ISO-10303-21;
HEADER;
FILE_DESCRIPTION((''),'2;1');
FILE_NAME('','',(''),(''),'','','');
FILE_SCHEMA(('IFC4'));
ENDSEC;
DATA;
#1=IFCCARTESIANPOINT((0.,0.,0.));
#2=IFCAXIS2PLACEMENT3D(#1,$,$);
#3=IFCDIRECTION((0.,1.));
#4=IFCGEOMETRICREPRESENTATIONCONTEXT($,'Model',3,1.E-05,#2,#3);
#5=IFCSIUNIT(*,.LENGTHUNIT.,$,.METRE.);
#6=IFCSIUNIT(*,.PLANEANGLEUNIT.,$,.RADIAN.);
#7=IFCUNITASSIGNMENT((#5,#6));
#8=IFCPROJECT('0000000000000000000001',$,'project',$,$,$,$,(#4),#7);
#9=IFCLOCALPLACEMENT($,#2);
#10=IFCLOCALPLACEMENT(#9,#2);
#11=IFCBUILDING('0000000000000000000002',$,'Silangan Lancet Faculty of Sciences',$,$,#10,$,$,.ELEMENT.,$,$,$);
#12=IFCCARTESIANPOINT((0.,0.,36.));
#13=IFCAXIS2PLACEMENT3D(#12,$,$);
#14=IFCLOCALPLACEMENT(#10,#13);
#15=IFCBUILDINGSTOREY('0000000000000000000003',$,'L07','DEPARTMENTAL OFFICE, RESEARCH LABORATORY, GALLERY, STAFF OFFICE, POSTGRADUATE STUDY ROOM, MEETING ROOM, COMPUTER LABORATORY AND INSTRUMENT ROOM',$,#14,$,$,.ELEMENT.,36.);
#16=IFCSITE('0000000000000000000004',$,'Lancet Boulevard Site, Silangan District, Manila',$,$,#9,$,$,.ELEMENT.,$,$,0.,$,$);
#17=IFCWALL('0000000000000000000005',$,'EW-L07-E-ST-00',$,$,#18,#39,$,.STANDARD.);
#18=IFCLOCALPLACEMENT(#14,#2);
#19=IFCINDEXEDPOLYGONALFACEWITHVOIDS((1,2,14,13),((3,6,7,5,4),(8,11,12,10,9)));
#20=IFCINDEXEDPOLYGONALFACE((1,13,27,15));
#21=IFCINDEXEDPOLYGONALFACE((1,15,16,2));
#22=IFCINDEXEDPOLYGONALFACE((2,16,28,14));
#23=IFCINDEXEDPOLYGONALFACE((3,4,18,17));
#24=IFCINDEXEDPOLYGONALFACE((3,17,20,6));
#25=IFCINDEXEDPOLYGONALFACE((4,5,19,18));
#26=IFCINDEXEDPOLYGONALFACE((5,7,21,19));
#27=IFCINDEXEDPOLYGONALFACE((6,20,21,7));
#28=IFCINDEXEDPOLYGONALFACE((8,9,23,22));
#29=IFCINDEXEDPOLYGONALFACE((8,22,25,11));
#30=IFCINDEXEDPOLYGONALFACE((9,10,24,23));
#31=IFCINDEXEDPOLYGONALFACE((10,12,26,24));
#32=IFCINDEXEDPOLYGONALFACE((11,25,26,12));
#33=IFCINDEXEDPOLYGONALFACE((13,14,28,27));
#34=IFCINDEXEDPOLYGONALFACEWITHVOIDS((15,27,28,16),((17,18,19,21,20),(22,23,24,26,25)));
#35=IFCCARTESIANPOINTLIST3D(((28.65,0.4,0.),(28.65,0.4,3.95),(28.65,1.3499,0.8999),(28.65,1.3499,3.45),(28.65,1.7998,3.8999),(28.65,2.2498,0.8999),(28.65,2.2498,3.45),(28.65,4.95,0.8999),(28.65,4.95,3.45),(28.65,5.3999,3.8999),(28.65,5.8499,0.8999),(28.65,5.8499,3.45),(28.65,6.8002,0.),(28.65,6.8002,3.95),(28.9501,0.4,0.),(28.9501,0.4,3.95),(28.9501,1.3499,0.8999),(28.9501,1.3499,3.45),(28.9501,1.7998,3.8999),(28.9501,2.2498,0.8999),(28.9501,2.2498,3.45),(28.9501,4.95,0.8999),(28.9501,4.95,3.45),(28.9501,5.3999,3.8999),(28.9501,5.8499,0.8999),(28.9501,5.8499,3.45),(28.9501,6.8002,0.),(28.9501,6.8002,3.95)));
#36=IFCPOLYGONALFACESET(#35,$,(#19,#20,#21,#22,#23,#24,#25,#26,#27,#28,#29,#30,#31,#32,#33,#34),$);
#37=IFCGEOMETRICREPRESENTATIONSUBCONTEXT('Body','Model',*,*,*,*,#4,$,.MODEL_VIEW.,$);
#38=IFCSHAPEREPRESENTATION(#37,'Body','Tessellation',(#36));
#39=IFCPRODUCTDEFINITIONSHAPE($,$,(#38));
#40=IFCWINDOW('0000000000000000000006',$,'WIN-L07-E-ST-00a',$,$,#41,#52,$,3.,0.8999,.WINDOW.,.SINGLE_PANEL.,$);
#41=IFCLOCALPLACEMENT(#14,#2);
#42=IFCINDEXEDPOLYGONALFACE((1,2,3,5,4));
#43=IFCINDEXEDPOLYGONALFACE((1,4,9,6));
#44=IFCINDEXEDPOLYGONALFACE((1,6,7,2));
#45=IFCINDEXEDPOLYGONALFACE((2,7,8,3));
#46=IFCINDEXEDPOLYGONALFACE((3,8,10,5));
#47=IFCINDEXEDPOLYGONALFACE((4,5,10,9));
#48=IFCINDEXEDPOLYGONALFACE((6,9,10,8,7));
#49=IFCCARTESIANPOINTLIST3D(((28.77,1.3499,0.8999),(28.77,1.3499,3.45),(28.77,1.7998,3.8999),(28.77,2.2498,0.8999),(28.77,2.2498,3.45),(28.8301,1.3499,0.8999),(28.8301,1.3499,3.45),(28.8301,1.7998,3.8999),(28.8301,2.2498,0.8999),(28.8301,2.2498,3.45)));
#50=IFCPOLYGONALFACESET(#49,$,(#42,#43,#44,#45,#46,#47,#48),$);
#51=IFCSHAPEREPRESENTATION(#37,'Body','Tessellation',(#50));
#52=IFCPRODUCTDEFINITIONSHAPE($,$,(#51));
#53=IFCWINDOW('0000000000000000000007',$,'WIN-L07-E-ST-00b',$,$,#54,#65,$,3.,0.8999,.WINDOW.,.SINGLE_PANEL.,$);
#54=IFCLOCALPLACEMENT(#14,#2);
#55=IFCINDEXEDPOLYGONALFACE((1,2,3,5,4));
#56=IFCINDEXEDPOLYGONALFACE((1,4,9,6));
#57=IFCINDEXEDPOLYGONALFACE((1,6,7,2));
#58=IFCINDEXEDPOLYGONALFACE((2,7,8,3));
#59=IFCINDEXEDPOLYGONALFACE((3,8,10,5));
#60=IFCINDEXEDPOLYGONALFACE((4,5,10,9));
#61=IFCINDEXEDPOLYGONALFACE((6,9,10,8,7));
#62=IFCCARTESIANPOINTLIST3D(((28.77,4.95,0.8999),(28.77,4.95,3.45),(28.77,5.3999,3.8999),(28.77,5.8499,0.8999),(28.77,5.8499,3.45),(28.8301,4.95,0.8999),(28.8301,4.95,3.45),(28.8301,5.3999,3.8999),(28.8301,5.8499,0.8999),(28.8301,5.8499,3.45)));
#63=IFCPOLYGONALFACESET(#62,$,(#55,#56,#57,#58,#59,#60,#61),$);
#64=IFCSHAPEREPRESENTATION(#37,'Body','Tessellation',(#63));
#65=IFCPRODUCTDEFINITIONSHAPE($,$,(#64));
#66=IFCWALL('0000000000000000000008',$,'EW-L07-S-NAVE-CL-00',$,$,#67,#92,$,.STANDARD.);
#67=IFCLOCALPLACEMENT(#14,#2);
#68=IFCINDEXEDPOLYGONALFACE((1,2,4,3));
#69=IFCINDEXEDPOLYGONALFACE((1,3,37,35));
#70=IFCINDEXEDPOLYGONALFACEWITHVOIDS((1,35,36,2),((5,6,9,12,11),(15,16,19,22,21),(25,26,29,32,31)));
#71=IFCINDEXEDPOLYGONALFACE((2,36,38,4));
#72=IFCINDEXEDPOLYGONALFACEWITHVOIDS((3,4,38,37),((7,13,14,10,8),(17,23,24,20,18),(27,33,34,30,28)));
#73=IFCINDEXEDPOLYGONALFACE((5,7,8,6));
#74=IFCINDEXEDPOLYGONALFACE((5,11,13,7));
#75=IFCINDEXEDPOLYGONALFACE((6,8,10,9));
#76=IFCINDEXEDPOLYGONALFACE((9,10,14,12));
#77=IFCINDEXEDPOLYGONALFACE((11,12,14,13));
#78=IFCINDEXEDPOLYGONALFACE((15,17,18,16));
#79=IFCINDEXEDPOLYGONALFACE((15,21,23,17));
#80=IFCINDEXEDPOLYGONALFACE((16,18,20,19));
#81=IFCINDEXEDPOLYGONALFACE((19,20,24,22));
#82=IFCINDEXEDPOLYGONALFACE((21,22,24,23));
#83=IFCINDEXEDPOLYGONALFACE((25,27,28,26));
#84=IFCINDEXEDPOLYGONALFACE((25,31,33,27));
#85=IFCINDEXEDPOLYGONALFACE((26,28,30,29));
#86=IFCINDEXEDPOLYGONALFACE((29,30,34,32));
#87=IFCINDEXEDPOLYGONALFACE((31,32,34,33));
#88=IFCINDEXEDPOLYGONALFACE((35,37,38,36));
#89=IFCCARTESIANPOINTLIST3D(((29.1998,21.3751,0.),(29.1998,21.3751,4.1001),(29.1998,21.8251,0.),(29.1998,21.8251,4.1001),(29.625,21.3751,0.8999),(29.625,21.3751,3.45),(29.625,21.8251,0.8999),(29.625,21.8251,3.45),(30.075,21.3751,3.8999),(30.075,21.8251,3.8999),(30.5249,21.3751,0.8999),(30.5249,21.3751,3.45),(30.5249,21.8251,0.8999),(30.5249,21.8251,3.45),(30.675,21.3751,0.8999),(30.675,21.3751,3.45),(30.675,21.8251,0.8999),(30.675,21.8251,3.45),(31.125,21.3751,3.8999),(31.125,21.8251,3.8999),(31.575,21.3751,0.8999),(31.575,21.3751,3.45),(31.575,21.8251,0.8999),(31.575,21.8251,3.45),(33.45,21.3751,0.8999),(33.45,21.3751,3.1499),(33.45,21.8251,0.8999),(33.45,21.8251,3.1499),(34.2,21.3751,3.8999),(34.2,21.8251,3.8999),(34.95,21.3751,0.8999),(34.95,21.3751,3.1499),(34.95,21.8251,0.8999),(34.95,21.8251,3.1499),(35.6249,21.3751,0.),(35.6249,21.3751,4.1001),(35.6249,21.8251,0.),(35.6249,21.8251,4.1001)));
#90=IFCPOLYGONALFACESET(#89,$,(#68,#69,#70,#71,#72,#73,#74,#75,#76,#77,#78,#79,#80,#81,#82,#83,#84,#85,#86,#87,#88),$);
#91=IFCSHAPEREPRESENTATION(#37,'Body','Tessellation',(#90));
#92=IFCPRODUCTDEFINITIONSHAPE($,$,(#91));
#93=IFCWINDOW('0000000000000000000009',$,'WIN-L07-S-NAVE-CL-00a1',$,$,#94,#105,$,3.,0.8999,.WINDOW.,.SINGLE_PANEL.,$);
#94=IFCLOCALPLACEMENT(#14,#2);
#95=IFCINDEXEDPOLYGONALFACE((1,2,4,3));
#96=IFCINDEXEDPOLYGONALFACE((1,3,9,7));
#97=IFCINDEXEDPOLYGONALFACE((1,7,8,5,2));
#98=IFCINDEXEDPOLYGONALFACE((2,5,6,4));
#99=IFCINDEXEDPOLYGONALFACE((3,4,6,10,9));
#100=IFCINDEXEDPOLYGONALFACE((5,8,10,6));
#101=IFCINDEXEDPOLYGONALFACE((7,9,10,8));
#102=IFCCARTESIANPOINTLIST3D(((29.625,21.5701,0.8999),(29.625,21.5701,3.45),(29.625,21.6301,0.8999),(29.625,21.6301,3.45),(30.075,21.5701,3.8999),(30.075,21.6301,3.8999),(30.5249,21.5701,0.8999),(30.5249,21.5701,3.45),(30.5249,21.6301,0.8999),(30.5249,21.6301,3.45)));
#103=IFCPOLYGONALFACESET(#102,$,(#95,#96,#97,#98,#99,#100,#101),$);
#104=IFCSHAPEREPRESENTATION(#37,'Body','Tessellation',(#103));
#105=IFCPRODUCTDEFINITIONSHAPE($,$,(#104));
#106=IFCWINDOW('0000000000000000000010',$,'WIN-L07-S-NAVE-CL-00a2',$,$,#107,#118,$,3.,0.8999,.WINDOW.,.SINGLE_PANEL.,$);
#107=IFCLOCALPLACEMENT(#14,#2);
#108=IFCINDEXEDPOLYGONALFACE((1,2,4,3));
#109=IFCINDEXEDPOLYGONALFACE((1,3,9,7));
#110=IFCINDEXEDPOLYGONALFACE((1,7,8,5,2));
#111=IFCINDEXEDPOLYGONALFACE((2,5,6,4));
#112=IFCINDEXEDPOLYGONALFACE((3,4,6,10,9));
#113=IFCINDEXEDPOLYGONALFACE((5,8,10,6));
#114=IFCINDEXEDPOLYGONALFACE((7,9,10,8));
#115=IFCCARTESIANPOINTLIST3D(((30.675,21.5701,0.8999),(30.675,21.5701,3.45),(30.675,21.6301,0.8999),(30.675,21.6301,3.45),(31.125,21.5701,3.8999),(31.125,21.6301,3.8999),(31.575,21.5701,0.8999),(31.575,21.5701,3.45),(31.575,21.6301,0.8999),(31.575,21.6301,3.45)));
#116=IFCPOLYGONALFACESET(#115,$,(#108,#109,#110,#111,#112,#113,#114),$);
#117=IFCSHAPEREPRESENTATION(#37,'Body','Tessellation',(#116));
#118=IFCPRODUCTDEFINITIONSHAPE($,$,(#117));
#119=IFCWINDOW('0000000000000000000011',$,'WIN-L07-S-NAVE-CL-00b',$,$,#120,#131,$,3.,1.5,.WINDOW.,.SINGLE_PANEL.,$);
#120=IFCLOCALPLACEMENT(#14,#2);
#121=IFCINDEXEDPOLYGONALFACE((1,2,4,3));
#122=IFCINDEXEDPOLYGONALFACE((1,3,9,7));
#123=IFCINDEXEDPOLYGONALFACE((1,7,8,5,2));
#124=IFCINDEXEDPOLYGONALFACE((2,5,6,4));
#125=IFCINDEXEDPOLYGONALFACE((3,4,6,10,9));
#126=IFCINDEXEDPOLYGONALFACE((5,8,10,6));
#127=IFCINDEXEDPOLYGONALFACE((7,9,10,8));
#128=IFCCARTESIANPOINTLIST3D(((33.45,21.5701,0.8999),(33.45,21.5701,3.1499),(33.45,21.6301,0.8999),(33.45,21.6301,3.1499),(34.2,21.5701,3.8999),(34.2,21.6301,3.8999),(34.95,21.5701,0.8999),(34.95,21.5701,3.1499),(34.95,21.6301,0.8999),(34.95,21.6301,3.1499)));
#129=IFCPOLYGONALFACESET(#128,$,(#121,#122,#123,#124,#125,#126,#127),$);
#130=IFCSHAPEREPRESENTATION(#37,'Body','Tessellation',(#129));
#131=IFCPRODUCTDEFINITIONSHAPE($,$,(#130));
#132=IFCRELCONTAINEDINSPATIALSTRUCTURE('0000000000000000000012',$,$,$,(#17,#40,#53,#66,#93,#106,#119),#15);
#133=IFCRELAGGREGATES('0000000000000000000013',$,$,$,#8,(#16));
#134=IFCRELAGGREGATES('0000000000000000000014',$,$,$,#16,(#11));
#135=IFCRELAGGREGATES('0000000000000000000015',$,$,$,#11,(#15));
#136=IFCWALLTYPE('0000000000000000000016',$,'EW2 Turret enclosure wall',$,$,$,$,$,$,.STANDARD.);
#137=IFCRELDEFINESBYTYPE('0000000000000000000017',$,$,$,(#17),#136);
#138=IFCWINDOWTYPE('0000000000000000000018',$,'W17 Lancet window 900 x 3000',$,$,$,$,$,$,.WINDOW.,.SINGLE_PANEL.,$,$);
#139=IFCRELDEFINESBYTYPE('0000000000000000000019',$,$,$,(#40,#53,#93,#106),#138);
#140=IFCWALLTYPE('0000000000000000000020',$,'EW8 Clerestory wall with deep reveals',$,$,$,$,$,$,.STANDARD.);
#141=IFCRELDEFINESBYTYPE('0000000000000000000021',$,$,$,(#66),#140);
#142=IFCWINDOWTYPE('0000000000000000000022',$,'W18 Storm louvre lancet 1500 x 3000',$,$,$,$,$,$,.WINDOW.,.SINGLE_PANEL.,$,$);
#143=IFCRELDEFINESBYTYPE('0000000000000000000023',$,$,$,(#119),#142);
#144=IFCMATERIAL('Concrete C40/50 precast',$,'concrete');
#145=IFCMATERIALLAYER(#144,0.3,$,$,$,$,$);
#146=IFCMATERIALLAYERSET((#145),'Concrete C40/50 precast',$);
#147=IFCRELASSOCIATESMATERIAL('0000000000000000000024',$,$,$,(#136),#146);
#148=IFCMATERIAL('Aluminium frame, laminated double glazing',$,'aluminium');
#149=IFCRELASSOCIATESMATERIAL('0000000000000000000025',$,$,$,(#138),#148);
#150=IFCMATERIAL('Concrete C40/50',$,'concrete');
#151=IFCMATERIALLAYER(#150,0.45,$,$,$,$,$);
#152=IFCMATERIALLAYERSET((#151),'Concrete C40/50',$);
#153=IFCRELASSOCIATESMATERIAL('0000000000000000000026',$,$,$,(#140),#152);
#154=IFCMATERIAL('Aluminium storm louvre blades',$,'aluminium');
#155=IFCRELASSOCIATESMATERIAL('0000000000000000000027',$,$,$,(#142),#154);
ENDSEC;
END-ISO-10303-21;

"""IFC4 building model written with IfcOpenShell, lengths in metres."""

from ifc_helpers import new_model, si_unit, direction, frame, frame_2d, origin, place, context, subcontext, project, spatial, polyline, rectangle, outline, extrude, material, layer, layer_set, type_object, element, fill, save


model = new_model("IFC4")

# Units and contexts
model_context = context("Model", 3, precision=1e-05, world=origin(), true_north=direction((0.0, 1.0)))
body_context = subcontext(model_context, "Body", "Model", "MODEL_VIEW")
ifc_project = project(units=[si_unit("LENGTHUNIT", "METRE"), si_unit("PLANEANGLEUNIT", "RADIAN")], contexts=[model_context])

# Site, building, storey
site_placement = place(None, origin())
site = spatial("IfcSite", under=ifc_project, at=site_placement, Name="Lancet Boulevard Site, Silangan District, Manila", CompositionType="ELEMENT", RefElevation=0.0)
building_placement = place(site_placement, origin())
building = spatial("IfcBuilding", under=site, at=building_placement, Name="Silangan Lancet Faculty of Sciences", CompositionType="ELEMENT")
storey_placement = place(building_placement, frame((0.0, 0.0, 36.0)))
storey = spatial("IfcBuildingStorey", under=building, at=storey_placement, Name="L07", Description="DEPARTMENTAL OFFICE, RESEARCH LABORATORY, GALLERY, STAFF OFFICE, POSTGRADUATE STUDY ROOM, MEETING ROOM, COMPUTER LABORATORY AND INSTRUMENT ROOM", CompositionType="ELEMENT", Elevation=36.0)

# Walls, openings, windows
ifc_material_1 = material(Name="Concrete C40/50 precast", Category="concrete")
ifc_layer_1 = layer(ifc_material_1, 0.3)
ifc_layer_set_1 = layer_set([ifc_layer_1], Name="Concrete C40/50 precast")
wall_type_1 = type_object("IfcWallType", Name="EW2 Turret enclosure wall", PredefinedType="STANDARD", material=ifc_layer_set_1)
wall_1_placement = place(storey_placement, frame((28.8, 0.3999, 0.0), z_axis=(0.0, 0.0, 1.0), x_axis=(0.0, 1.0, 0.0)))
wall_1 = element("IfcWall", 1, at=wall_1_placement, inside=storey, type_object=wall_type_1, Name="EW-L07-E-ST-00", PredefinedType="STANDARD", context=body_context, shape_type="SweptSolid", body=[
    extrude(rectangle(XDim=6.4001, YDim=0.3, at=frame_2d((3.2002, 0.0))), origin(), (0.0, 0.0, 1.0), 3.95),
])
opening_1_placement = place(wall_1_placement, frame((0.95, 0.0, 0.8999)))
opening_1 = element("IfcOpeningElement", 2, at=opening_1_placement, cuts=wall_1, PredefinedType="OPENING", context=body_context, shape_type="SweptSolid", body=[
    extrude(outline(polyline([(0.0, 0.0), (0.8999, 0.0), (0.8999, 2.55), (0.45, 3.0), (0.0, 2.55), (0.0, 0.0)])), frame((0.0, 0.1599, 0.0), z_axis=(0.0, -1.0, 0.0), x_axis=(1.0, 0.0, 0.0)), (0.0, 0.0, 1.0), 0.3201),
])
opening_2_placement = place(wall_1_placement, frame((4.55, 0.0, 0.8999)))
opening_2 = element("IfcOpeningElement", 3, at=opening_2_placement, cuts=wall_1, PredefinedType="OPENING", context=body_context, shape_type="SweptSolid", body=[
    extrude(outline(polyline([(0.0, 0.0), (0.8999, 0.0), (0.8999, 2.55), (0.45, 3.0), (0.0, 2.55), (0.0, 0.0)])), frame((0.0, 0.1599, 0.0), z_axis=(0.0, -1.0, 0.0), x_axis=(1.0, 0.0, 0.0)), (0.0, 0.0, 1.0), 0.3201),
])
ifc_material_2 = material(Name="Aluminium frame, laminated double glazing", Category="aluminium")
window_type_1 = type_object("IfcWindowType", Name="W17 Lancet window 900 x 3000", PartitioningType="SINGLE_PANEL", PredefinedType="WINDOW", material=ifc_material_2)
window_1_placement = place(opening_1_placement, origin())
window_1 = element("IfcWindow", 4, at=window_1_placement, inside=storey, type_object=window_type_1, Name="WIN-L07-E-ST-00a", OverallHeight=3.0, OverallWidth=0.8999, PartitioningType="SINGLE_PANEL", PredefinedType="WINDOW", context=body_context, shape_type="SweptSolid", body=[
    extrude(outline(polyline([(0.0, 0.0), (0.8999, 0.0), (0.8999, 2.55), (0.45, 3.0), (0.0, 2.55), (0.0, 0.0)])), frame((0.0, 0.03, 0.0), z_axis=(0.0, -1.0, 0.0), x_axis=(1.0, 0.0, 0.0)), (0.0, 0.0, 1.0), 0.0601),
])
fill(opening_1, window_1)
window_2_placement = place(opening_2_placement, origin())
window_2 = element("IfcWindow", 5, at=window_2_placement, inside=storey, type_object=window_type_1, Name="WIN-L07-E-ST-00b", OverallHeight=3.0, OverallWidth=0.8999, PartitioningType="SINGLE_PANEL", PredefinedType="WINDOW", context=body_context, shape_type="SweptSolid", body=[
    extrude(outline(polyline([(0.0, 0.0), (0.8999, 0.0), (0.8999, 2.55), (0.45, 3.0), (0.0, 2.55), (0.0, 0.0)])), frame((0.0, 0.03, 0.0), z_axis=(0.0, -1.0, 0.0), x_axis=(1.0, 0.0, 0.0)), (0.0, 0.0, 1.0), 0.0601),
])
fill(opening_2, window_2)
ifc_material_3 = material(Name="Concrete C40/50", Category="concrete")
ifc_layer_2 = layer(ifc_material_3, 0.45)
ifc_layer_set_2 = layer_set([ifc_layer_2], Name="Concrete C40/50")
wall_type_2 = type_object("IfcWallType", Name="EW8 Clerestory wall with deep reveals", PredefinedType="STANDARD", material=ifc_layer_set_2)
wall_2_placement = place(storey_placement, frame((29.2, 21.6001, 0.0), z_axis=(0.0, 0.0, 1.0), x_axis=(1.0, 0.0, 0.0)))
wall_2 = element("IfcWall", 6, at=wall_2_placement, inside=storey, type_object=wall_type_2, Name="EW-L07-S-NAVE-CL-00", PredefinedType="STANDARD", context=body_context, shape_type="SweptSolid", body=[
    extrude(rectangle(XDim=6.425, YDim=0.45, at=frame_2d((3.2124, 0.0))), origin(), (0.0, 0.0, 1.0), 4.1001),
])
opening_3_placement = place(wall_2_placement, frame((0.425, 0.0, 0.8999)))
opening_3 = element("IfcOpeningElement", 7, at=opening_3_placement, cuts=wall_2, PredefinedType="OPENING", context=body_context, shape_type="SweptSolid", body=[
    extrude(outline(polyline([(0.0, 0.0), (0.8999, 0.0), (0.8999, 2.55), (0.45, 3.0), (0.0, 2.55), (0.0, 0.0)])), frame((0.0, 0.2349, 0.0), z_axis=(0.0, -1.0, 0.0), x_axis=(1.0, 0.0, 0.0)), (0.0, 0.0, 1.0), 0.47),
])
opening_4_placement = place(wall_2_placement, frame((1.4751, 0.0, 0.8999)))
opening_4 = element("IfcOpeningElement", 8, at=opening_4_placement, cuts=wall_2, PredefinedType="OPENING", context=body_context, shape_type="SweptSolid", body=[
    extrude(outline(polyline([(0.0, 0.0), (0.8999, 0.0), (0.8999, 2.55), (0.45, 3.0), (0.0, 2.55), (0.0, 0.0)])), frame((0.0, 0.2349, 0.0), z_axis=(0.0, -1.0, 0.0), x_axis=(1.0, 0.0, 0.0)), (0.0, 0.0, 1.0), 0.47),
])
opening_5_placement = place(wall_2_placement, frame((4.25, 0.0, 0.8999)))
opening_5 = element("IfcOpeningElement", 9, at=opening_5_placement, cuts=wall_2, PredefinedType="OPENING", context=body_context, shape_type="SweptSolid", body=[
    extrude(outline(polyline([(0.0, 0.0), (1.5, 0.0), (1.5, 2.25), (0.75, 3.0), (0.0, 2.25), (0.0, 0.0)])), frame((0.0, 0.2349, 0.0), z_axis=(0.0, -1.0, 0.0), x_axis=(1.0, 0.0, 0.0)), (0.0, 0.0, 1.0), 0.47),
])
window_3_placement = place(opening_3_placement, origin())
window_3 = element("IfcWindow", 10, at=window_3_placement, inside=storey, type_object=window_type_1, Name="WIN-L07-S-NAVE-CL-00a1", OverallHeight=3.0, OverallWidth=0.8999, PartitioningType="SINGLE_PANEL", PredefinedType="WINDOW", context=body_context, shape_type="SweptSolid", body=[
    extrude(outline(polyline([(0.0, 0.0), (0.8999, 0.0), (0.8999, 2.55), (0.45, 3.0), (0.0, 2.55), (0.0, 0.0)])), frame((0.0, 0.03, 0.0), z_axis=(0.0, -1.0, 0.0), x_axis=(1.0, 0.0, 0.0)), (0.0, 0.0, 1.0), 0.0601),
])
fill(opening_3, window_3)
window_4_placement = place(opening_4_placement, origin())
window_4 = element("IfcWindow", 11, at=window_4_placement, inside=storey, type_object=window_type_1, Name="WIN-L07-S-NAVE-CL-00a2", OverallHeight=3.0, OverallWidth=0.8999, PartitioningType="SINGLE_PANEL", PredefinedType="WINDOW", context=body_context, shape_type="SweptSolid", body=[
    extrude(outline(polyline([(0.0, 0.0), (0.8999, 0.0), (0.8999, 2.55), (0.45, 3.0), (0.0, 2.55), (0.0, 0.0)])), frame((0.0, 0.03, 0.0), z_axis=(0.0, -1.0, 0.0), x_axis=(1.0, 0.0, 0.0)), (0.0, 0.0, 1.0), 0.0601),
])
fill(opening_4, window_4)
ifc_material_4 = material(Name="Aluminium storm louvre blades", Category="aluminium")
window_type_2 = type_object("IfcWindowType", Name="W18 Storm louvre lancet 1500 x 3000", PartitioningType="SINGLE_PANEL", PredefinedType="WINDOW", material=ifc_material_4)
window_5_placement = place(opening_5_placement, origin())
window_5 = element("IfcWindow", 12, at=window_5_placement, inside=storey, type_object=window_type_2, Name="WIN-L07-S-NAVE-CL-00b", OverallHeight=3.0, OverallWidth=1.5, PartitioningType="SINGLE_PANEL", PredefinedType="WINDOW", context=body_context, shape_type="SweptSolid", body=[
    extrude(outline(polyline([(0.0, 0.0), (1.5, 0.0), (1.5, 2.25), (0.75, 3.0), (0.0, 2.25), (0.0, 0.0)])), frame((0.0, 0.03, 0.0), z_axis=(0.0, -1.0, 0.0), x_axis=(1.0, 0.0, 0.0)), (0.0, 0.0, 1.0), 0.0601),
])
fill(opening_5, window_5)

save(model, "model.ifc")
